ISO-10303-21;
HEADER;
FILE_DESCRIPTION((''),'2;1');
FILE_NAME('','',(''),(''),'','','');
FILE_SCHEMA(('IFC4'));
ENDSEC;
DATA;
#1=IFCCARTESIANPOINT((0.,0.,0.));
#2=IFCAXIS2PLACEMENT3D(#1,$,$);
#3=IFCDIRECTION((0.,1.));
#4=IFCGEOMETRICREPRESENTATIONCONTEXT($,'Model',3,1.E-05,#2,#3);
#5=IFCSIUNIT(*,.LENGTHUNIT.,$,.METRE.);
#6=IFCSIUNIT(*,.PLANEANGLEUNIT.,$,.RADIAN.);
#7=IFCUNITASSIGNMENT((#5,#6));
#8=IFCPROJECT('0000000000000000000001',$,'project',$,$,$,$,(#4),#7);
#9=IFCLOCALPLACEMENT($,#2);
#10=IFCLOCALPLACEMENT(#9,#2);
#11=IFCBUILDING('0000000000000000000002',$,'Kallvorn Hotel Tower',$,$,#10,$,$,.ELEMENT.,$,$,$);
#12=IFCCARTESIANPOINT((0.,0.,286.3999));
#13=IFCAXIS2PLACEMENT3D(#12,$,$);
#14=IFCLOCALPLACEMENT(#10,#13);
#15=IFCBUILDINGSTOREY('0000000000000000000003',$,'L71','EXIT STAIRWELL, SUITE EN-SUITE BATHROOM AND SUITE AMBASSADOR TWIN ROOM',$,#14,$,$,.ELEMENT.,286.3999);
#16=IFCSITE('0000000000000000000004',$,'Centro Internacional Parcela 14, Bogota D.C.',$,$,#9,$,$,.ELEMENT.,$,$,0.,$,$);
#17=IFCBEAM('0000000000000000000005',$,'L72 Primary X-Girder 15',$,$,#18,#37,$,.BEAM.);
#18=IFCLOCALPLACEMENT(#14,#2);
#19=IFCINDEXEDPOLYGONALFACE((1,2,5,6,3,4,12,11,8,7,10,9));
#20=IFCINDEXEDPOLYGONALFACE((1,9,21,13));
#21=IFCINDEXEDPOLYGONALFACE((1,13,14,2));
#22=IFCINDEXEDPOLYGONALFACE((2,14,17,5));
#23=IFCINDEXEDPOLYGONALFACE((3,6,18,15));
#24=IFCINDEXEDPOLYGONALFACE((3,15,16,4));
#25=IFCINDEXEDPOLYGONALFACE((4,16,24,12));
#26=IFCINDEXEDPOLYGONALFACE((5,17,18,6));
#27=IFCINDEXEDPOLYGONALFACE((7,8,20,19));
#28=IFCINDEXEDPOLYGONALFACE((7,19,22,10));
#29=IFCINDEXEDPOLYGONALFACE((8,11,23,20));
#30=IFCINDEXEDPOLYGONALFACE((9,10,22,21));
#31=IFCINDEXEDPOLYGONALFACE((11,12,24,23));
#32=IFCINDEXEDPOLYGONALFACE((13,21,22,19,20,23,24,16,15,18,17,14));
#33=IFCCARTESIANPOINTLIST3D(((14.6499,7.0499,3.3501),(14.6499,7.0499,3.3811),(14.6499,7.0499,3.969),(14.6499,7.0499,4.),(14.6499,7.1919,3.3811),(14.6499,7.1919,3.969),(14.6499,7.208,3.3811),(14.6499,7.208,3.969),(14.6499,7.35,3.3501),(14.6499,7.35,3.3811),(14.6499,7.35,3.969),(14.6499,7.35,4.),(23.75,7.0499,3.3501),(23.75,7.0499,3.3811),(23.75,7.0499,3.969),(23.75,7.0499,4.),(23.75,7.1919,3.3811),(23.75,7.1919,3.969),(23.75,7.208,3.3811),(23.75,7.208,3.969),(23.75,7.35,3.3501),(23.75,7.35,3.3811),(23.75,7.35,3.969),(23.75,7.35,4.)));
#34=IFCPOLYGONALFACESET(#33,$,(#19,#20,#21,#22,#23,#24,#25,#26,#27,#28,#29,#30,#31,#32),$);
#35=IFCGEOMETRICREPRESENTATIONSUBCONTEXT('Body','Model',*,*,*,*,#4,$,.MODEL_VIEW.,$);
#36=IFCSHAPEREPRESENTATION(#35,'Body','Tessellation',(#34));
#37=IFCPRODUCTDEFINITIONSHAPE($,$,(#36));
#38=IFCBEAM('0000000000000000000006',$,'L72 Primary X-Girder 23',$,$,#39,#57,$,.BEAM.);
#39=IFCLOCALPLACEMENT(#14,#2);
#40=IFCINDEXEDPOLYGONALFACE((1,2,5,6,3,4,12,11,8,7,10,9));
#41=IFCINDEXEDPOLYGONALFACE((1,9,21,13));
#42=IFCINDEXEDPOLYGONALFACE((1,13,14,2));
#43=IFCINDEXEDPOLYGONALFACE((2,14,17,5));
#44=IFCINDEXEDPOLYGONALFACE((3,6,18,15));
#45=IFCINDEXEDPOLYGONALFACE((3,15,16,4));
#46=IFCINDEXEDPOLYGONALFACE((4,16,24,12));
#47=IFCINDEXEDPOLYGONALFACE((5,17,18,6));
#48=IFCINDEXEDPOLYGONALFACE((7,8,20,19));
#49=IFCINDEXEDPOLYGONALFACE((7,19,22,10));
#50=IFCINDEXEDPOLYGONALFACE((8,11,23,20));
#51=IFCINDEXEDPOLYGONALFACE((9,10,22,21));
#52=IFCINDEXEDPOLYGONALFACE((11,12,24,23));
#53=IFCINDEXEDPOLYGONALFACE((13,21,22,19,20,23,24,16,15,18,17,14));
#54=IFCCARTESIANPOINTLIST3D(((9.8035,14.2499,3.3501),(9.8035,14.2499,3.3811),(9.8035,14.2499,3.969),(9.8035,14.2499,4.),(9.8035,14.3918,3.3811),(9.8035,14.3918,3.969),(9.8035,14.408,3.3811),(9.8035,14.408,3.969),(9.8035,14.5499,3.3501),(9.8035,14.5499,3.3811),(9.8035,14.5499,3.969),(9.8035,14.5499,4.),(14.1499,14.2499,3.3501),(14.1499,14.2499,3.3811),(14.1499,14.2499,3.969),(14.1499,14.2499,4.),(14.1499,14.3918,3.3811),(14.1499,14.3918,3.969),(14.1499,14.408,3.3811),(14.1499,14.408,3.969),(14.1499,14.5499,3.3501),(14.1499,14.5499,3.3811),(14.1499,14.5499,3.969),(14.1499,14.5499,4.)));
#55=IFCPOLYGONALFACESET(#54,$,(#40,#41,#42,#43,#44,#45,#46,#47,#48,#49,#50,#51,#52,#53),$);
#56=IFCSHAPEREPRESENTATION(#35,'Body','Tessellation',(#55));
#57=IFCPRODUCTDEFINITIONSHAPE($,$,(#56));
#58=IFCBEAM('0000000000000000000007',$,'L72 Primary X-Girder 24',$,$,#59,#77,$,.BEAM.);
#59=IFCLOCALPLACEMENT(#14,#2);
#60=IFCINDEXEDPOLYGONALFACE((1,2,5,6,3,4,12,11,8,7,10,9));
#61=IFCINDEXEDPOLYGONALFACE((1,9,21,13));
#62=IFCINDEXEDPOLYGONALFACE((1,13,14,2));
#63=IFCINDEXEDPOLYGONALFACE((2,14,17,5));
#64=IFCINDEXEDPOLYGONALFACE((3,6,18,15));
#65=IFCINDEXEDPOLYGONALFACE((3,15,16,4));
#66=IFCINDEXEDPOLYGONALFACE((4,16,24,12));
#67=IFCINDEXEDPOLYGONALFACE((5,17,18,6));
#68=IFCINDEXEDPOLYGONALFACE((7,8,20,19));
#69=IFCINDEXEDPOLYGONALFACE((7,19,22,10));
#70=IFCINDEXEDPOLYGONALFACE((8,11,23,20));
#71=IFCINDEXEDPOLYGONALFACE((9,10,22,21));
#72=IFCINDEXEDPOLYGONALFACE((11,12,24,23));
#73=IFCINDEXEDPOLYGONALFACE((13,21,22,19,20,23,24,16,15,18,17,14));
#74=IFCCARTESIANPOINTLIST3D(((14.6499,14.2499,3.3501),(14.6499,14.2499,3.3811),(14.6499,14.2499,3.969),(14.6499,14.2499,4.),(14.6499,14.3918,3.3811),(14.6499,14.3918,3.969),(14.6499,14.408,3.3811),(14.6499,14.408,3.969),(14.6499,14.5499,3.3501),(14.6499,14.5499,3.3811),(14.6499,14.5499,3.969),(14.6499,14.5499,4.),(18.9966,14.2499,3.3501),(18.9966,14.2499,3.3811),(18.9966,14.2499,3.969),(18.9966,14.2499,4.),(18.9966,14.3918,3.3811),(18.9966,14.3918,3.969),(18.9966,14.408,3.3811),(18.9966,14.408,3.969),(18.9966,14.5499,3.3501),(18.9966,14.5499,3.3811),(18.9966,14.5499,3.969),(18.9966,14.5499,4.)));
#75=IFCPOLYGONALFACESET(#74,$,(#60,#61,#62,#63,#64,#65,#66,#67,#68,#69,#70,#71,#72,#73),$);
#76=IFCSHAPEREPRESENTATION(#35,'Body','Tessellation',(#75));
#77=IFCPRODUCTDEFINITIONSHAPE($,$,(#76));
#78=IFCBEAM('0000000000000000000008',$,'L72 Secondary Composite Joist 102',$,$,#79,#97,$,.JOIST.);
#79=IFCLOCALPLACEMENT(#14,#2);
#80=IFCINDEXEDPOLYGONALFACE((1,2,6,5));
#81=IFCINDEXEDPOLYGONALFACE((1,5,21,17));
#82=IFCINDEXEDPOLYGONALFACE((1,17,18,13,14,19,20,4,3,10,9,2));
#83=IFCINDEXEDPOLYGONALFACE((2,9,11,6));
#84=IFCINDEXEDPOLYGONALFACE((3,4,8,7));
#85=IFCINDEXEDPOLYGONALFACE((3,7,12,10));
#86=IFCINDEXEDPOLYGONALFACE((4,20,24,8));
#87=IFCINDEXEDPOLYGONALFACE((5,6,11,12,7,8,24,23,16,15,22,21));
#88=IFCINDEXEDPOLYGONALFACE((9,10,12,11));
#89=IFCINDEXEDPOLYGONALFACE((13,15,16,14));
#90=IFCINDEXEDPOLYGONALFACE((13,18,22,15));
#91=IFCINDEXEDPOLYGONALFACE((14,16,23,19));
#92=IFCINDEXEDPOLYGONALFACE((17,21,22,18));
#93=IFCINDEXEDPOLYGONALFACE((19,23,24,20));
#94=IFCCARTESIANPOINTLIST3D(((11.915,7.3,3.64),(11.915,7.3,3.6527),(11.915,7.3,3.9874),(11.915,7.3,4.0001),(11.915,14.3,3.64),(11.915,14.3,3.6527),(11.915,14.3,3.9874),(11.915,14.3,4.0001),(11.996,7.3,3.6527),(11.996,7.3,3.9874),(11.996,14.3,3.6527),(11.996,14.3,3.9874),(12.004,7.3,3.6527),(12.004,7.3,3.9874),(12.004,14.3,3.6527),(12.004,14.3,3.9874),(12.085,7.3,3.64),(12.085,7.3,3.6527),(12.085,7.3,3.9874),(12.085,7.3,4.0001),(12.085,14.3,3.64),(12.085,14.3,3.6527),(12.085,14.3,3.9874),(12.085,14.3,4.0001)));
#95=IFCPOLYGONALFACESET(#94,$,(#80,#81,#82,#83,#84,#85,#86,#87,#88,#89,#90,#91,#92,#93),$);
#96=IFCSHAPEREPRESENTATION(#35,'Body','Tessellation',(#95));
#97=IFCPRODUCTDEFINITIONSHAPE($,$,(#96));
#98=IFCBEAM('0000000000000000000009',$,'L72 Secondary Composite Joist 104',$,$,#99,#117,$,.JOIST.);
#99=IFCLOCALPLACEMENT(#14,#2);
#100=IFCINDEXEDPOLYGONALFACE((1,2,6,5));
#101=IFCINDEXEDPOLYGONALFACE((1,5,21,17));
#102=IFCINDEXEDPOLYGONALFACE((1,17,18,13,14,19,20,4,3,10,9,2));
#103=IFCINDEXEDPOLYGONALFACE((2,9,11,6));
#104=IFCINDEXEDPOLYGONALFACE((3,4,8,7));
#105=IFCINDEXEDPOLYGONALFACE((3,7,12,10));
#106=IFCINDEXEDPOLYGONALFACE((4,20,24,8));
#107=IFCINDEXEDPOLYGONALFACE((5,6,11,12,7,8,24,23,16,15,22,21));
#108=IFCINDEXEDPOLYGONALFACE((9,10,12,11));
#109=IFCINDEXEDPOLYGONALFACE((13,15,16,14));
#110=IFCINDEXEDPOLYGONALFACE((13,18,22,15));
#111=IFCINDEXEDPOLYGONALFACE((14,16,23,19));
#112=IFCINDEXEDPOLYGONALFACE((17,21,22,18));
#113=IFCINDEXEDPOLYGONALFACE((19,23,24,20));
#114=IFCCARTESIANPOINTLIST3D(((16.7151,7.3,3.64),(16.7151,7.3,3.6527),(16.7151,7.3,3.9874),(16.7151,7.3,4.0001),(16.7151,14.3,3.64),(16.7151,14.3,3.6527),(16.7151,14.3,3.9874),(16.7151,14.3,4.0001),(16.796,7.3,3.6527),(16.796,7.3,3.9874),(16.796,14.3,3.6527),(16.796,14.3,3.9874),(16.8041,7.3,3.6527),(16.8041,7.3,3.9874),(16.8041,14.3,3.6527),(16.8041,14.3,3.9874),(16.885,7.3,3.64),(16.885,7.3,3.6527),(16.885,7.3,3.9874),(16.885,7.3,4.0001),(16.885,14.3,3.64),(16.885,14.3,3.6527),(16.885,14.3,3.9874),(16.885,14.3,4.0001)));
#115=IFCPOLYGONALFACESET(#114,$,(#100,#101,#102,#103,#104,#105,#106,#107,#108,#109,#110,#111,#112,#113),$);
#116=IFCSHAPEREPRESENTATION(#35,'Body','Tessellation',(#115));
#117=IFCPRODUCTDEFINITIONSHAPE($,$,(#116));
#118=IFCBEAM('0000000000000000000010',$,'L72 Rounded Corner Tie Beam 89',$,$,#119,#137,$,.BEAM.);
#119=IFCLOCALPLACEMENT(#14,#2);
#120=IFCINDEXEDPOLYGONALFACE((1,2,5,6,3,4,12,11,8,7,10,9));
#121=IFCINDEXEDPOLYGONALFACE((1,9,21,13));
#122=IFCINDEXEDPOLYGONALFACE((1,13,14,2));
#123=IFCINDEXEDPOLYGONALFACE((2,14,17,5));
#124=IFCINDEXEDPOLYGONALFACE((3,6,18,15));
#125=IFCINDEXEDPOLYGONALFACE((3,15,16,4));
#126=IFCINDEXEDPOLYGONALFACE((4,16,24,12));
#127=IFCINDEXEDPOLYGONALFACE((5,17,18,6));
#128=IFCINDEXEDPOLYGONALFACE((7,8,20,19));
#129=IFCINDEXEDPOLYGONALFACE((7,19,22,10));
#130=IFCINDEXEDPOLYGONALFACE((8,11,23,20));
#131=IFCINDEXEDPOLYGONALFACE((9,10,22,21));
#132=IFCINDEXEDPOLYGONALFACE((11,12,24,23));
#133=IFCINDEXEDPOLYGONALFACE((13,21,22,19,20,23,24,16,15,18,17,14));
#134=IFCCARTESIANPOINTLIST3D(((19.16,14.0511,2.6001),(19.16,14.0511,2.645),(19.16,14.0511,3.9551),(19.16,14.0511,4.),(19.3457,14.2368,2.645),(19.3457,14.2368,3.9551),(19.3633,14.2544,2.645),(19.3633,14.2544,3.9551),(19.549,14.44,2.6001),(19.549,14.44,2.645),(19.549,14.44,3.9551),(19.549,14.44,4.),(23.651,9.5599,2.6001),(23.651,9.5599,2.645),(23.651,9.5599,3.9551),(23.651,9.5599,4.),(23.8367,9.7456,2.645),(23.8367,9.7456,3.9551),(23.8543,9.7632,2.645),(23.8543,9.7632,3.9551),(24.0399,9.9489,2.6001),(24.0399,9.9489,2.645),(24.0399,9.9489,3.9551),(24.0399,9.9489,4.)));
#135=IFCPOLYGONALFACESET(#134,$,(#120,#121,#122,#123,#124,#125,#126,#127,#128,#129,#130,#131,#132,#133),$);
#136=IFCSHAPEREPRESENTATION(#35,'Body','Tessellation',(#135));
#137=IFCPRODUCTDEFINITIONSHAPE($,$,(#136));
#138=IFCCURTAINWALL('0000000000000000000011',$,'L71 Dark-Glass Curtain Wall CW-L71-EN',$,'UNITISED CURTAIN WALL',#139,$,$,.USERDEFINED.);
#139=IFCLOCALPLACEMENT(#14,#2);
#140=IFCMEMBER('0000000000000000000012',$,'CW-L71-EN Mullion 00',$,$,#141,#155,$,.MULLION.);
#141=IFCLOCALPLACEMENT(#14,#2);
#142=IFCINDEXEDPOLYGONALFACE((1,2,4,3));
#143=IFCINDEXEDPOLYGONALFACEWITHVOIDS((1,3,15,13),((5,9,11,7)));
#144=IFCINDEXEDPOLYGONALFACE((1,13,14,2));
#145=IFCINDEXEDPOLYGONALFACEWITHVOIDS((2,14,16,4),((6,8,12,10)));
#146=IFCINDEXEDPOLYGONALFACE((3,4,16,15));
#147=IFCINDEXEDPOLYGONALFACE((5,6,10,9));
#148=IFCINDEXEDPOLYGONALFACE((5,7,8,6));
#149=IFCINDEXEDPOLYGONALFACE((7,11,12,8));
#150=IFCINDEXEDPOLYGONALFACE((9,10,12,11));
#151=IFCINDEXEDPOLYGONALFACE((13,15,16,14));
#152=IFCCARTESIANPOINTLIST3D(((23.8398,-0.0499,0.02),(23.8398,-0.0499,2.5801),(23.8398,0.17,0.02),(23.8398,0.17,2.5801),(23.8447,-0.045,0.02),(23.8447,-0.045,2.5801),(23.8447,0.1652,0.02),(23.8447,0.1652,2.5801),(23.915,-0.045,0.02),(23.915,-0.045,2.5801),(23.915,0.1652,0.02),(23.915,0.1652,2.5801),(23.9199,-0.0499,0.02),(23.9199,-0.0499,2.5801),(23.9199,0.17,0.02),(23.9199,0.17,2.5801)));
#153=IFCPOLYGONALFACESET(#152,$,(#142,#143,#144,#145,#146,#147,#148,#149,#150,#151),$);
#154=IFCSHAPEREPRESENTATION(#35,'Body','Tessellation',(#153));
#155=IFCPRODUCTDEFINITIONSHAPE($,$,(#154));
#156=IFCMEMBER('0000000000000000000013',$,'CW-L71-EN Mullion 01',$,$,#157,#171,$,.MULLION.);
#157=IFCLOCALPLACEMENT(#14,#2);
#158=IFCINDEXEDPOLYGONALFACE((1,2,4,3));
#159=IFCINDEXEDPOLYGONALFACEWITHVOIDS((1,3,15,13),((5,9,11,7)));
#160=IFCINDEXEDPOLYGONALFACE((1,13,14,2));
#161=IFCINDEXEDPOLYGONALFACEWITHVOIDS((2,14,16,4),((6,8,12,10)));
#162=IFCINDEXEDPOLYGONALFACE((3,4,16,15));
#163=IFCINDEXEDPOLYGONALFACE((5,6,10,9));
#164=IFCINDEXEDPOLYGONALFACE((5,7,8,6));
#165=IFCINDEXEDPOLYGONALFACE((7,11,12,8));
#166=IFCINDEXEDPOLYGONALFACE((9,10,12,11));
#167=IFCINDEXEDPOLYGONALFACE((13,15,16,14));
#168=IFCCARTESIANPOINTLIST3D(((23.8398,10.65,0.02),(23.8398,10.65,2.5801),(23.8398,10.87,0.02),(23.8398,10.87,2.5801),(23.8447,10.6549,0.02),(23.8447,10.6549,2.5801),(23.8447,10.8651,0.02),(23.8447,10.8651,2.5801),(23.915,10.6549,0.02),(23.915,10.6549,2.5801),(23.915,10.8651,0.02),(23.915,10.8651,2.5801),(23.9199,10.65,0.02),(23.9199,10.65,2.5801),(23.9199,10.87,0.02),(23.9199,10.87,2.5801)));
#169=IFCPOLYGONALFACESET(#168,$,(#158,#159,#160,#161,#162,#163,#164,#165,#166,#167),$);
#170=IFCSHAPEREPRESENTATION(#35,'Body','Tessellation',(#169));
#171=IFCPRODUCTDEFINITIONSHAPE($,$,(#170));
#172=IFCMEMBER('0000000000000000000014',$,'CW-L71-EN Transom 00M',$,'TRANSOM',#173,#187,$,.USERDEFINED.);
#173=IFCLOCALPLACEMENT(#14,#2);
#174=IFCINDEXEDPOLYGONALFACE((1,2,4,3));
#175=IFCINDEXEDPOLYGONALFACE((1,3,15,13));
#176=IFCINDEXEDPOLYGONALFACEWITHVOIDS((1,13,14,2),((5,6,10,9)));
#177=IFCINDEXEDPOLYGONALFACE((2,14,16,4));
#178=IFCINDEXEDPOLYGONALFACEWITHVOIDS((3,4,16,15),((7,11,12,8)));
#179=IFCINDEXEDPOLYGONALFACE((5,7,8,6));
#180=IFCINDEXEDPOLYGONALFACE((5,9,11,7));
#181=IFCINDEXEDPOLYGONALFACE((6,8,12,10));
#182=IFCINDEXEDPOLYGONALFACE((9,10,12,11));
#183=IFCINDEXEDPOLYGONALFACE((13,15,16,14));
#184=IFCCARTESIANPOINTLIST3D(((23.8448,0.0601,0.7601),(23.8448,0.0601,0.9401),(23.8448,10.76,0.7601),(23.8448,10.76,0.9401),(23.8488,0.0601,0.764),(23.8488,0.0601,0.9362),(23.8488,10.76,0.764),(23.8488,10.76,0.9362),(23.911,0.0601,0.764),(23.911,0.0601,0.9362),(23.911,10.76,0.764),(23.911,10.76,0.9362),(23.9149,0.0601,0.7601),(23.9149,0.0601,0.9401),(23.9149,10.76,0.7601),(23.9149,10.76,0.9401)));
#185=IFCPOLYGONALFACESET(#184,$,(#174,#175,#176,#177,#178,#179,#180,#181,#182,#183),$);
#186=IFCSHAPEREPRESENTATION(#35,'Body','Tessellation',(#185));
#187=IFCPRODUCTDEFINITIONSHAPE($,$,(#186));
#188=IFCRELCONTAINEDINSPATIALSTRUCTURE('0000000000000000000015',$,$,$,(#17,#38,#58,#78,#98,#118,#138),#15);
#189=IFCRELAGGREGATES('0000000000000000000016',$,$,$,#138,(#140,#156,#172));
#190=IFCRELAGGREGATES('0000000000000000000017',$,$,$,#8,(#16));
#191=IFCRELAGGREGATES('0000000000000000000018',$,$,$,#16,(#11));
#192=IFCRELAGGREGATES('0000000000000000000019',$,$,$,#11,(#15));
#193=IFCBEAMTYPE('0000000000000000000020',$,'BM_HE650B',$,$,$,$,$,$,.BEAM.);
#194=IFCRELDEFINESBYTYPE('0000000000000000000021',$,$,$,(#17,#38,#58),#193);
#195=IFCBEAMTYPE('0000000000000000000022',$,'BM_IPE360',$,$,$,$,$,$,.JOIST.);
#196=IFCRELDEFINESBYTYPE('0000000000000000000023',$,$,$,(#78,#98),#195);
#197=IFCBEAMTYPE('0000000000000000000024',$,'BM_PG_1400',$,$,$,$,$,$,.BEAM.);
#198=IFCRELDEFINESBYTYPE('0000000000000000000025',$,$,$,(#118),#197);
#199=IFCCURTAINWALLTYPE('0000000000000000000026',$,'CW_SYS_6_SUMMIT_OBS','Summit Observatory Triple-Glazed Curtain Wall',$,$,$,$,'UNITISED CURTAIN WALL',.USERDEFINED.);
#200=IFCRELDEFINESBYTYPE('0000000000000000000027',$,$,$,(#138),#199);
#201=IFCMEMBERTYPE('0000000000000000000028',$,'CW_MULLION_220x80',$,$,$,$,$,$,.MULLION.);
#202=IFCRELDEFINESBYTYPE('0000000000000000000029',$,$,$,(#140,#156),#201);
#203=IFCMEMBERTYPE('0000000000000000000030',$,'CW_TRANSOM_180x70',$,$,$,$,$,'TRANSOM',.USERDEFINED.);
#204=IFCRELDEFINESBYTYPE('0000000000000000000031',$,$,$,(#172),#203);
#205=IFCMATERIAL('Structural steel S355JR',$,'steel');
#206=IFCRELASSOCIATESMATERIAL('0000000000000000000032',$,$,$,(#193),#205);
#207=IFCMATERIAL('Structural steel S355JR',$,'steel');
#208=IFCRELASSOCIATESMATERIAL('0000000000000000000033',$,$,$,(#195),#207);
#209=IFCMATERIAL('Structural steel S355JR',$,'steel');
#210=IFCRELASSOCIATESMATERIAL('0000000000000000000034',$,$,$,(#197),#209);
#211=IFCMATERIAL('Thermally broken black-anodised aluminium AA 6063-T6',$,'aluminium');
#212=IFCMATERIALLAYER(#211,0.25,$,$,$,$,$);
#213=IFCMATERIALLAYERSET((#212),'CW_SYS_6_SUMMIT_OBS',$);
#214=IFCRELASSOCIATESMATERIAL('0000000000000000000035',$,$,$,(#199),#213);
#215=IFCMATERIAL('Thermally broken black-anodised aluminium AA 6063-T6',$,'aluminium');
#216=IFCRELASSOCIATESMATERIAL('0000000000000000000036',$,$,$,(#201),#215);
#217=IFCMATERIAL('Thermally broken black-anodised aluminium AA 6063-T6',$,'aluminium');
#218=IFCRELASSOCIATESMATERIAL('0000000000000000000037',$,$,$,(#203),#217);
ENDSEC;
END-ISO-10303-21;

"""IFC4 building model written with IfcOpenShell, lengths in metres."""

from ifc_helpers import new_model, si_unit, direction, frame, origin, origin_2d, place, context, subcontext, project, spatial, hollow_rectangle, i_section, extrude, material, layer, layer_set, material_profile, profile_set, type_object, element, aggregate, save


model = new_model("IFC4")

# Units and contexts
model_context = context("Model", 3, precision=1e-05, world=origin(), true_north=direction((0.0, 1.0)))
body_context = subcontext(model_context, "Body", "Model", "MODEL_VIEW")
ifc_project = project(units=[si_unit("LENGTHUNIT", "METRE"), si_unit("PLANEANGLEUNIT", "RADIAN")], contexts=[model_context])

# Site, building, storey
site_placement = place(None, origin())
site = spatial("IfcSite", under=ifc_project, at=site_placement, Name="Centro Internacional Parcela 14, Bogota D.C.", CompositionType="ELEMENT", RefElevation=0.0)
building_placement = place(site_placement, origin())
building = spatial("IfcBuilding", under=site, at=building_placement, Name="Kallvorn Hotel Tower", CompositionType="ELEMENT")
storey_placement = place(building_placement, frame((0.0, 0.0, 286.3999)))
storey = spatial("IfcBuildingStorey", under=building, at=storey_placement, Name="L71", Description="EXIT STAIRWELL, SUITE EN-SUITE BATHROOM AND SUITE AMBASSADOR TWIN ROOM", CompositionType="ELEMENT", Elevation=286.3999)

# Beams
ifc_material_1 = material(Name="Structural steel S355JR", Category="steel")
ifc_material_profile_1 = material_profile(ifc_material_1, i_section(OverallWidth=0.3, OverallDepth=0.6499, WebThickness=0.0161, FlangeThickness=0.031, at=origin_2d()), Name="HE 650 B")
ifc_profile_set_1 = profile_set([ifc_material_profile_1], Name="Structural steel S355JR")
beam_type_1 = type_object("IfcBeamType", Name="BM_HE650B", PredefinedType="BEAM", material=ifc_profile_set_1)
beam_1_placement = place(storey_placement, frame((14.6499, 7.2, 3.675), z_axis=(1.0, 0.0, 0.0), x_axis=(0.0, 1.0, 0.0)))
element("IfcBeam", 1, at=beam_1_placement, inside=storey, type_object=beam_type_1, Name="L72 Primary X-Girder 15", PredefinedType="BEAM", context=body_context, shape_type="SweptSolid", body=[
    extrude(i_section(OverallWidth=0.3, OverallDepth=0.6499, WebThickness=0.0161, FlangeThickness=0.031, at=origin_2d()), origin(), (0.0, 0.0, 1.0), 9.1001),
])
beam_2_placement = place(storey_placement, frame((9.8035, 14.3999, 3.675), z_axis=(1.0, 0.0, 0.0), x_axis=(0.0, 1.0, 0.0)))
element("IfcBeam", 2, at=beam_2_placement, inside=storey, type_object=beam_type_1, Name="L72 Primary X-Girder 23", PredefinedType="BEAM", context=body_context, shape_type="SweptSolid", body=[
    extrude(i_section(OverallWidth=0.3, OverallDepth=0.6499, WebThickness=0.0161, FlangeThickness=0.031, at=origin_2d()), origin(), (0.0, 0.0, 1.0), 4.3464),
])
beam_3_placement = place(storey_placement, frame((14.6499, 14.3999, 3.675), z_axis=(1.0, 0.0, 0.0), x_axis=(0.0, 1.0, 0.0)))
element("IfcBeam", 3, at=beam_3_placement, inside=storey, type_object=beam_type_1, Name="L72 Primary X-Girder 24", PredefinedType="BEAM", context=body_context, shape_type="SweptSolid", body=[
    extrude(i_section(OverallWidth=0.3, OverallDepth=0.6499, WebThickness=0.0161, FlangeThickness=0.031, at=origin_2d()), origin(), (0.0, 0.0, 1.0), 4.3467),
])
ifc_material_2 = material(Name="Structural steel S355JR", Category="steel")
ifc_material_profile_2 = material_profile(ifc_material_2, i_section(OverallWidth=0.1699, OverallDepth=0.3601, WebThickness=0.0081, FlangeThickness=0.0127, at=origin_2d()), Name="IPE 360")
ifc_profile_set_2 = profile_set([ifc_material_profile_2], Name="Structural steel S355JR")
beam_type_2 = type_object("IfcBeamType", Name="BM_IPE360", PredefinedType="JOIST", material=ifc_profile_set_2)
for number, where, z_axis, x_axis, name in (
    (4, (12.0, 7.3, 3.8201), (0.0, 1.0, 0.0), (-1.0, 0.0, 0.0), "L72 Secondary Composite Joist 102"),
    (5, (16.8, 7.3, 3.8201), (0.0, 1.0, 0.0), (-1.0, 0.0, 0.0), "L72 Secondary Composite Joist 104"),
):
    element("IfcBeam", number, at=place(storey_placement, frame(where, z_axis=z_axis, x_axis=x_axis)), inside=storey, type_object=beam_type_2, Name=name, PredefinedType="JOIST", context=body_context, shape_type="SweptSolid", body=[
        extrude(i_section(OverallWidth=0.1699, OverallDepth=0.3601, WebThickness=0.0081, FlangeThickness=0.0127, at=origin_2d()), origin(), (0.0, 0.0, 1.0), 7.0),
    ])
ifc_material_3 = material(Name="Structural steel S355JR", Category="steel")
ifc_material_profile_3 = material_profile(ifc_material_3, i_section(OverallWidth=0.55, OverallDepth=1.3999, WebThickness=0.0249, FlangeThickness=0.0449, at=origin_2d()), Name="PG 1400x550x25x45")
ifc_profile_set_3 = profile_set([ifc_material_profile_3], Name="Structural steel S355JR")
beam_type_3 = type_object("IfcBeamType", Name="BM_PG_1400", PredefinedType="BEAM", material=ifc_profile_set_3)
beam_4_placement = place(storey_placement, frame((23.8455, 9.7544, 3.3), z_axis=(-0.707088, 0.707126, 0.0), x_axis=(-0.707126, -0.707088, 0.0)))
element("IfcBeam", 6, at=beam_4_placement, inside=storey, type_object=beam_type_3, Name="L72 Rounded Corner Tie Beam 89", PredefinedType="BEAM", context=body_context, shape_type="SweptSolid", body=[
    extrude(i_section(OverallWidth=0.55, OverallDepth=1.3999, WebThickness=0.0249, FlangeThickness=0.0449, at=origin_2d()), origin(), (0.0, 0.0, 1.0), 6.3513),
])

# Curtain wall, members
ifc_material_4 = material(Name="Thermally broken black-anodised aluminium AA 6063-T6", Category="aluminium")
ifc_layer_1 = layer(ifc_material_4, 0.25)
ifc_layer_set_1 = layer_set([ifc_layer_1], Name="CW_SYS_6_SUMMIT_OBS")
curtain_wall_type = type_object("IfcCurtainWallType", Name="CW_SYS_6_SUMMIT_OBS", Description="Summit Observatory Triple-Glazed Curtain Wall", ElementType="UNITISED CURTAIN WALL", PredefinedType="USERDEFINED", material=ifc_layer_set_1)
curtain_wall_placement = place(storey_placement, origin())
curtain_wall = element("IfcCurtainWall", 7, at=curtain_wall_placement, inside=storey, type_object=curtain_wall_type, Name="L71 Dark-Glass Curtain Wall CW-L71-EN", ObjectType="UNITISED CURTAIN WALL", PredefinedType="USERDEFINED")
ifc_material_5 = material(Name="Thermally broken black-anodised aluminium AA 6063-T6", Category="aluminium")
ifc_material_profile_4 = material_profile(ifc_material_5, hollow_rectangle(XDim=0.0801, YDim=0.22, WallThickness=0.0049, at=origin_2d()), Name="MUL 220x80")
ifc_profile_set_4 = profile_set([ifc_material_profile_4], Name="Thermally broken black-anodised aluminium AA 6063-T6")
member_type_1 = type_object("IfcMemberType", Name="CW_MULLION_220x80", PredefinedType="MULLION", material=ifc_profile_set_4)
member_1_placement = place(storey_placement, frame((23.8799, 0.0601, 0.02), z_axis=(0.0, 0.0, 1.0), x_axis=(1.0, 0.0, 0.0)))
member_1 = element("IfcMember", 8, at=member_1_placement, type_object=member_type_1, Name="CW-L71-EN Mullion 00", PredefinedType="MULLION", context=body_context, shape_type="SweptSolid", body=[
    extrude(hollow_rectangle(XDim=0.0801, YDim=0.22, WallThickness=0.0049, at=origin_2d()), origin(), (0.0, 0.0, 1.0), 2.5601),
])
member_2_placement = place(storey_placement, frame((23.8799, 10.76, 0.02), z_axis=(0.0, 0.0, 1.0), x_axis=(1.0, 0.0, 0.0)))
member_2 = element("IfcMember", 9, at=member_2_placement, type_object=member_type_1, Name="CW-L71-EN Mullion 01", PredefinedType="MULLION", context=body_context, shape_type="SweptSolid", body=[
    extrude(hollow_rectangle(XDim=0.0801, YDim=0.22, WallThickness=0.0049, at=origin_2d()), origin(), (0.0, 0.0, 1.0), 2.5601),
])
ifc_material_6 = material(Name="Thermally broken black-anodised aluminium AA 6063-T6", Category="aluminium")
ifc_material_profile_5 = material_profile(ifc_material_6, hollow_rectangle(XDim=0.0701, YDim=0.1799, WallThickness=0.0039, at=origin_2d()), Name="TRN 180x70")
ifc_profile_set_5 = profile_set([ifc_material_profile_5], Name="Thermally broken black-anodised aluminium AA 6063-T6")
member_type_2 = type_object("IfcMemberType", Name="CW_TRANSOM_180x70", ElementType="TRANSOM", PredefinedType="USERDEFINED", material=ifc_profile_set_5)
member_3_placement = place(storey_placement, frame((23.8799, 0.0601, 0.8501), z_axis=(0.0, 1.0, 0.0), x_axis=(-1.0, 0.0, 0.0)))
member_3 = element("IfcMember", 10, at=member_3_placement, type_object=member_type_2, Name="CW-L71-EN Transom 00M", ObjectType="TRANSOM", PredefinedType="USERDEFINED", context=body_context, shape_type="SweptSolid", body=[
    extrude(hollow_rectangle(XDim=0.0701, YDim=0.1799, WallThickness=0.0039, at=origin_2d()), origin(), (0.0, 0.0, 1.0), 10.7),
])

aggregate(curtain_wall, [member_1, member_2, member_3])

save(model, "model.ifc")
